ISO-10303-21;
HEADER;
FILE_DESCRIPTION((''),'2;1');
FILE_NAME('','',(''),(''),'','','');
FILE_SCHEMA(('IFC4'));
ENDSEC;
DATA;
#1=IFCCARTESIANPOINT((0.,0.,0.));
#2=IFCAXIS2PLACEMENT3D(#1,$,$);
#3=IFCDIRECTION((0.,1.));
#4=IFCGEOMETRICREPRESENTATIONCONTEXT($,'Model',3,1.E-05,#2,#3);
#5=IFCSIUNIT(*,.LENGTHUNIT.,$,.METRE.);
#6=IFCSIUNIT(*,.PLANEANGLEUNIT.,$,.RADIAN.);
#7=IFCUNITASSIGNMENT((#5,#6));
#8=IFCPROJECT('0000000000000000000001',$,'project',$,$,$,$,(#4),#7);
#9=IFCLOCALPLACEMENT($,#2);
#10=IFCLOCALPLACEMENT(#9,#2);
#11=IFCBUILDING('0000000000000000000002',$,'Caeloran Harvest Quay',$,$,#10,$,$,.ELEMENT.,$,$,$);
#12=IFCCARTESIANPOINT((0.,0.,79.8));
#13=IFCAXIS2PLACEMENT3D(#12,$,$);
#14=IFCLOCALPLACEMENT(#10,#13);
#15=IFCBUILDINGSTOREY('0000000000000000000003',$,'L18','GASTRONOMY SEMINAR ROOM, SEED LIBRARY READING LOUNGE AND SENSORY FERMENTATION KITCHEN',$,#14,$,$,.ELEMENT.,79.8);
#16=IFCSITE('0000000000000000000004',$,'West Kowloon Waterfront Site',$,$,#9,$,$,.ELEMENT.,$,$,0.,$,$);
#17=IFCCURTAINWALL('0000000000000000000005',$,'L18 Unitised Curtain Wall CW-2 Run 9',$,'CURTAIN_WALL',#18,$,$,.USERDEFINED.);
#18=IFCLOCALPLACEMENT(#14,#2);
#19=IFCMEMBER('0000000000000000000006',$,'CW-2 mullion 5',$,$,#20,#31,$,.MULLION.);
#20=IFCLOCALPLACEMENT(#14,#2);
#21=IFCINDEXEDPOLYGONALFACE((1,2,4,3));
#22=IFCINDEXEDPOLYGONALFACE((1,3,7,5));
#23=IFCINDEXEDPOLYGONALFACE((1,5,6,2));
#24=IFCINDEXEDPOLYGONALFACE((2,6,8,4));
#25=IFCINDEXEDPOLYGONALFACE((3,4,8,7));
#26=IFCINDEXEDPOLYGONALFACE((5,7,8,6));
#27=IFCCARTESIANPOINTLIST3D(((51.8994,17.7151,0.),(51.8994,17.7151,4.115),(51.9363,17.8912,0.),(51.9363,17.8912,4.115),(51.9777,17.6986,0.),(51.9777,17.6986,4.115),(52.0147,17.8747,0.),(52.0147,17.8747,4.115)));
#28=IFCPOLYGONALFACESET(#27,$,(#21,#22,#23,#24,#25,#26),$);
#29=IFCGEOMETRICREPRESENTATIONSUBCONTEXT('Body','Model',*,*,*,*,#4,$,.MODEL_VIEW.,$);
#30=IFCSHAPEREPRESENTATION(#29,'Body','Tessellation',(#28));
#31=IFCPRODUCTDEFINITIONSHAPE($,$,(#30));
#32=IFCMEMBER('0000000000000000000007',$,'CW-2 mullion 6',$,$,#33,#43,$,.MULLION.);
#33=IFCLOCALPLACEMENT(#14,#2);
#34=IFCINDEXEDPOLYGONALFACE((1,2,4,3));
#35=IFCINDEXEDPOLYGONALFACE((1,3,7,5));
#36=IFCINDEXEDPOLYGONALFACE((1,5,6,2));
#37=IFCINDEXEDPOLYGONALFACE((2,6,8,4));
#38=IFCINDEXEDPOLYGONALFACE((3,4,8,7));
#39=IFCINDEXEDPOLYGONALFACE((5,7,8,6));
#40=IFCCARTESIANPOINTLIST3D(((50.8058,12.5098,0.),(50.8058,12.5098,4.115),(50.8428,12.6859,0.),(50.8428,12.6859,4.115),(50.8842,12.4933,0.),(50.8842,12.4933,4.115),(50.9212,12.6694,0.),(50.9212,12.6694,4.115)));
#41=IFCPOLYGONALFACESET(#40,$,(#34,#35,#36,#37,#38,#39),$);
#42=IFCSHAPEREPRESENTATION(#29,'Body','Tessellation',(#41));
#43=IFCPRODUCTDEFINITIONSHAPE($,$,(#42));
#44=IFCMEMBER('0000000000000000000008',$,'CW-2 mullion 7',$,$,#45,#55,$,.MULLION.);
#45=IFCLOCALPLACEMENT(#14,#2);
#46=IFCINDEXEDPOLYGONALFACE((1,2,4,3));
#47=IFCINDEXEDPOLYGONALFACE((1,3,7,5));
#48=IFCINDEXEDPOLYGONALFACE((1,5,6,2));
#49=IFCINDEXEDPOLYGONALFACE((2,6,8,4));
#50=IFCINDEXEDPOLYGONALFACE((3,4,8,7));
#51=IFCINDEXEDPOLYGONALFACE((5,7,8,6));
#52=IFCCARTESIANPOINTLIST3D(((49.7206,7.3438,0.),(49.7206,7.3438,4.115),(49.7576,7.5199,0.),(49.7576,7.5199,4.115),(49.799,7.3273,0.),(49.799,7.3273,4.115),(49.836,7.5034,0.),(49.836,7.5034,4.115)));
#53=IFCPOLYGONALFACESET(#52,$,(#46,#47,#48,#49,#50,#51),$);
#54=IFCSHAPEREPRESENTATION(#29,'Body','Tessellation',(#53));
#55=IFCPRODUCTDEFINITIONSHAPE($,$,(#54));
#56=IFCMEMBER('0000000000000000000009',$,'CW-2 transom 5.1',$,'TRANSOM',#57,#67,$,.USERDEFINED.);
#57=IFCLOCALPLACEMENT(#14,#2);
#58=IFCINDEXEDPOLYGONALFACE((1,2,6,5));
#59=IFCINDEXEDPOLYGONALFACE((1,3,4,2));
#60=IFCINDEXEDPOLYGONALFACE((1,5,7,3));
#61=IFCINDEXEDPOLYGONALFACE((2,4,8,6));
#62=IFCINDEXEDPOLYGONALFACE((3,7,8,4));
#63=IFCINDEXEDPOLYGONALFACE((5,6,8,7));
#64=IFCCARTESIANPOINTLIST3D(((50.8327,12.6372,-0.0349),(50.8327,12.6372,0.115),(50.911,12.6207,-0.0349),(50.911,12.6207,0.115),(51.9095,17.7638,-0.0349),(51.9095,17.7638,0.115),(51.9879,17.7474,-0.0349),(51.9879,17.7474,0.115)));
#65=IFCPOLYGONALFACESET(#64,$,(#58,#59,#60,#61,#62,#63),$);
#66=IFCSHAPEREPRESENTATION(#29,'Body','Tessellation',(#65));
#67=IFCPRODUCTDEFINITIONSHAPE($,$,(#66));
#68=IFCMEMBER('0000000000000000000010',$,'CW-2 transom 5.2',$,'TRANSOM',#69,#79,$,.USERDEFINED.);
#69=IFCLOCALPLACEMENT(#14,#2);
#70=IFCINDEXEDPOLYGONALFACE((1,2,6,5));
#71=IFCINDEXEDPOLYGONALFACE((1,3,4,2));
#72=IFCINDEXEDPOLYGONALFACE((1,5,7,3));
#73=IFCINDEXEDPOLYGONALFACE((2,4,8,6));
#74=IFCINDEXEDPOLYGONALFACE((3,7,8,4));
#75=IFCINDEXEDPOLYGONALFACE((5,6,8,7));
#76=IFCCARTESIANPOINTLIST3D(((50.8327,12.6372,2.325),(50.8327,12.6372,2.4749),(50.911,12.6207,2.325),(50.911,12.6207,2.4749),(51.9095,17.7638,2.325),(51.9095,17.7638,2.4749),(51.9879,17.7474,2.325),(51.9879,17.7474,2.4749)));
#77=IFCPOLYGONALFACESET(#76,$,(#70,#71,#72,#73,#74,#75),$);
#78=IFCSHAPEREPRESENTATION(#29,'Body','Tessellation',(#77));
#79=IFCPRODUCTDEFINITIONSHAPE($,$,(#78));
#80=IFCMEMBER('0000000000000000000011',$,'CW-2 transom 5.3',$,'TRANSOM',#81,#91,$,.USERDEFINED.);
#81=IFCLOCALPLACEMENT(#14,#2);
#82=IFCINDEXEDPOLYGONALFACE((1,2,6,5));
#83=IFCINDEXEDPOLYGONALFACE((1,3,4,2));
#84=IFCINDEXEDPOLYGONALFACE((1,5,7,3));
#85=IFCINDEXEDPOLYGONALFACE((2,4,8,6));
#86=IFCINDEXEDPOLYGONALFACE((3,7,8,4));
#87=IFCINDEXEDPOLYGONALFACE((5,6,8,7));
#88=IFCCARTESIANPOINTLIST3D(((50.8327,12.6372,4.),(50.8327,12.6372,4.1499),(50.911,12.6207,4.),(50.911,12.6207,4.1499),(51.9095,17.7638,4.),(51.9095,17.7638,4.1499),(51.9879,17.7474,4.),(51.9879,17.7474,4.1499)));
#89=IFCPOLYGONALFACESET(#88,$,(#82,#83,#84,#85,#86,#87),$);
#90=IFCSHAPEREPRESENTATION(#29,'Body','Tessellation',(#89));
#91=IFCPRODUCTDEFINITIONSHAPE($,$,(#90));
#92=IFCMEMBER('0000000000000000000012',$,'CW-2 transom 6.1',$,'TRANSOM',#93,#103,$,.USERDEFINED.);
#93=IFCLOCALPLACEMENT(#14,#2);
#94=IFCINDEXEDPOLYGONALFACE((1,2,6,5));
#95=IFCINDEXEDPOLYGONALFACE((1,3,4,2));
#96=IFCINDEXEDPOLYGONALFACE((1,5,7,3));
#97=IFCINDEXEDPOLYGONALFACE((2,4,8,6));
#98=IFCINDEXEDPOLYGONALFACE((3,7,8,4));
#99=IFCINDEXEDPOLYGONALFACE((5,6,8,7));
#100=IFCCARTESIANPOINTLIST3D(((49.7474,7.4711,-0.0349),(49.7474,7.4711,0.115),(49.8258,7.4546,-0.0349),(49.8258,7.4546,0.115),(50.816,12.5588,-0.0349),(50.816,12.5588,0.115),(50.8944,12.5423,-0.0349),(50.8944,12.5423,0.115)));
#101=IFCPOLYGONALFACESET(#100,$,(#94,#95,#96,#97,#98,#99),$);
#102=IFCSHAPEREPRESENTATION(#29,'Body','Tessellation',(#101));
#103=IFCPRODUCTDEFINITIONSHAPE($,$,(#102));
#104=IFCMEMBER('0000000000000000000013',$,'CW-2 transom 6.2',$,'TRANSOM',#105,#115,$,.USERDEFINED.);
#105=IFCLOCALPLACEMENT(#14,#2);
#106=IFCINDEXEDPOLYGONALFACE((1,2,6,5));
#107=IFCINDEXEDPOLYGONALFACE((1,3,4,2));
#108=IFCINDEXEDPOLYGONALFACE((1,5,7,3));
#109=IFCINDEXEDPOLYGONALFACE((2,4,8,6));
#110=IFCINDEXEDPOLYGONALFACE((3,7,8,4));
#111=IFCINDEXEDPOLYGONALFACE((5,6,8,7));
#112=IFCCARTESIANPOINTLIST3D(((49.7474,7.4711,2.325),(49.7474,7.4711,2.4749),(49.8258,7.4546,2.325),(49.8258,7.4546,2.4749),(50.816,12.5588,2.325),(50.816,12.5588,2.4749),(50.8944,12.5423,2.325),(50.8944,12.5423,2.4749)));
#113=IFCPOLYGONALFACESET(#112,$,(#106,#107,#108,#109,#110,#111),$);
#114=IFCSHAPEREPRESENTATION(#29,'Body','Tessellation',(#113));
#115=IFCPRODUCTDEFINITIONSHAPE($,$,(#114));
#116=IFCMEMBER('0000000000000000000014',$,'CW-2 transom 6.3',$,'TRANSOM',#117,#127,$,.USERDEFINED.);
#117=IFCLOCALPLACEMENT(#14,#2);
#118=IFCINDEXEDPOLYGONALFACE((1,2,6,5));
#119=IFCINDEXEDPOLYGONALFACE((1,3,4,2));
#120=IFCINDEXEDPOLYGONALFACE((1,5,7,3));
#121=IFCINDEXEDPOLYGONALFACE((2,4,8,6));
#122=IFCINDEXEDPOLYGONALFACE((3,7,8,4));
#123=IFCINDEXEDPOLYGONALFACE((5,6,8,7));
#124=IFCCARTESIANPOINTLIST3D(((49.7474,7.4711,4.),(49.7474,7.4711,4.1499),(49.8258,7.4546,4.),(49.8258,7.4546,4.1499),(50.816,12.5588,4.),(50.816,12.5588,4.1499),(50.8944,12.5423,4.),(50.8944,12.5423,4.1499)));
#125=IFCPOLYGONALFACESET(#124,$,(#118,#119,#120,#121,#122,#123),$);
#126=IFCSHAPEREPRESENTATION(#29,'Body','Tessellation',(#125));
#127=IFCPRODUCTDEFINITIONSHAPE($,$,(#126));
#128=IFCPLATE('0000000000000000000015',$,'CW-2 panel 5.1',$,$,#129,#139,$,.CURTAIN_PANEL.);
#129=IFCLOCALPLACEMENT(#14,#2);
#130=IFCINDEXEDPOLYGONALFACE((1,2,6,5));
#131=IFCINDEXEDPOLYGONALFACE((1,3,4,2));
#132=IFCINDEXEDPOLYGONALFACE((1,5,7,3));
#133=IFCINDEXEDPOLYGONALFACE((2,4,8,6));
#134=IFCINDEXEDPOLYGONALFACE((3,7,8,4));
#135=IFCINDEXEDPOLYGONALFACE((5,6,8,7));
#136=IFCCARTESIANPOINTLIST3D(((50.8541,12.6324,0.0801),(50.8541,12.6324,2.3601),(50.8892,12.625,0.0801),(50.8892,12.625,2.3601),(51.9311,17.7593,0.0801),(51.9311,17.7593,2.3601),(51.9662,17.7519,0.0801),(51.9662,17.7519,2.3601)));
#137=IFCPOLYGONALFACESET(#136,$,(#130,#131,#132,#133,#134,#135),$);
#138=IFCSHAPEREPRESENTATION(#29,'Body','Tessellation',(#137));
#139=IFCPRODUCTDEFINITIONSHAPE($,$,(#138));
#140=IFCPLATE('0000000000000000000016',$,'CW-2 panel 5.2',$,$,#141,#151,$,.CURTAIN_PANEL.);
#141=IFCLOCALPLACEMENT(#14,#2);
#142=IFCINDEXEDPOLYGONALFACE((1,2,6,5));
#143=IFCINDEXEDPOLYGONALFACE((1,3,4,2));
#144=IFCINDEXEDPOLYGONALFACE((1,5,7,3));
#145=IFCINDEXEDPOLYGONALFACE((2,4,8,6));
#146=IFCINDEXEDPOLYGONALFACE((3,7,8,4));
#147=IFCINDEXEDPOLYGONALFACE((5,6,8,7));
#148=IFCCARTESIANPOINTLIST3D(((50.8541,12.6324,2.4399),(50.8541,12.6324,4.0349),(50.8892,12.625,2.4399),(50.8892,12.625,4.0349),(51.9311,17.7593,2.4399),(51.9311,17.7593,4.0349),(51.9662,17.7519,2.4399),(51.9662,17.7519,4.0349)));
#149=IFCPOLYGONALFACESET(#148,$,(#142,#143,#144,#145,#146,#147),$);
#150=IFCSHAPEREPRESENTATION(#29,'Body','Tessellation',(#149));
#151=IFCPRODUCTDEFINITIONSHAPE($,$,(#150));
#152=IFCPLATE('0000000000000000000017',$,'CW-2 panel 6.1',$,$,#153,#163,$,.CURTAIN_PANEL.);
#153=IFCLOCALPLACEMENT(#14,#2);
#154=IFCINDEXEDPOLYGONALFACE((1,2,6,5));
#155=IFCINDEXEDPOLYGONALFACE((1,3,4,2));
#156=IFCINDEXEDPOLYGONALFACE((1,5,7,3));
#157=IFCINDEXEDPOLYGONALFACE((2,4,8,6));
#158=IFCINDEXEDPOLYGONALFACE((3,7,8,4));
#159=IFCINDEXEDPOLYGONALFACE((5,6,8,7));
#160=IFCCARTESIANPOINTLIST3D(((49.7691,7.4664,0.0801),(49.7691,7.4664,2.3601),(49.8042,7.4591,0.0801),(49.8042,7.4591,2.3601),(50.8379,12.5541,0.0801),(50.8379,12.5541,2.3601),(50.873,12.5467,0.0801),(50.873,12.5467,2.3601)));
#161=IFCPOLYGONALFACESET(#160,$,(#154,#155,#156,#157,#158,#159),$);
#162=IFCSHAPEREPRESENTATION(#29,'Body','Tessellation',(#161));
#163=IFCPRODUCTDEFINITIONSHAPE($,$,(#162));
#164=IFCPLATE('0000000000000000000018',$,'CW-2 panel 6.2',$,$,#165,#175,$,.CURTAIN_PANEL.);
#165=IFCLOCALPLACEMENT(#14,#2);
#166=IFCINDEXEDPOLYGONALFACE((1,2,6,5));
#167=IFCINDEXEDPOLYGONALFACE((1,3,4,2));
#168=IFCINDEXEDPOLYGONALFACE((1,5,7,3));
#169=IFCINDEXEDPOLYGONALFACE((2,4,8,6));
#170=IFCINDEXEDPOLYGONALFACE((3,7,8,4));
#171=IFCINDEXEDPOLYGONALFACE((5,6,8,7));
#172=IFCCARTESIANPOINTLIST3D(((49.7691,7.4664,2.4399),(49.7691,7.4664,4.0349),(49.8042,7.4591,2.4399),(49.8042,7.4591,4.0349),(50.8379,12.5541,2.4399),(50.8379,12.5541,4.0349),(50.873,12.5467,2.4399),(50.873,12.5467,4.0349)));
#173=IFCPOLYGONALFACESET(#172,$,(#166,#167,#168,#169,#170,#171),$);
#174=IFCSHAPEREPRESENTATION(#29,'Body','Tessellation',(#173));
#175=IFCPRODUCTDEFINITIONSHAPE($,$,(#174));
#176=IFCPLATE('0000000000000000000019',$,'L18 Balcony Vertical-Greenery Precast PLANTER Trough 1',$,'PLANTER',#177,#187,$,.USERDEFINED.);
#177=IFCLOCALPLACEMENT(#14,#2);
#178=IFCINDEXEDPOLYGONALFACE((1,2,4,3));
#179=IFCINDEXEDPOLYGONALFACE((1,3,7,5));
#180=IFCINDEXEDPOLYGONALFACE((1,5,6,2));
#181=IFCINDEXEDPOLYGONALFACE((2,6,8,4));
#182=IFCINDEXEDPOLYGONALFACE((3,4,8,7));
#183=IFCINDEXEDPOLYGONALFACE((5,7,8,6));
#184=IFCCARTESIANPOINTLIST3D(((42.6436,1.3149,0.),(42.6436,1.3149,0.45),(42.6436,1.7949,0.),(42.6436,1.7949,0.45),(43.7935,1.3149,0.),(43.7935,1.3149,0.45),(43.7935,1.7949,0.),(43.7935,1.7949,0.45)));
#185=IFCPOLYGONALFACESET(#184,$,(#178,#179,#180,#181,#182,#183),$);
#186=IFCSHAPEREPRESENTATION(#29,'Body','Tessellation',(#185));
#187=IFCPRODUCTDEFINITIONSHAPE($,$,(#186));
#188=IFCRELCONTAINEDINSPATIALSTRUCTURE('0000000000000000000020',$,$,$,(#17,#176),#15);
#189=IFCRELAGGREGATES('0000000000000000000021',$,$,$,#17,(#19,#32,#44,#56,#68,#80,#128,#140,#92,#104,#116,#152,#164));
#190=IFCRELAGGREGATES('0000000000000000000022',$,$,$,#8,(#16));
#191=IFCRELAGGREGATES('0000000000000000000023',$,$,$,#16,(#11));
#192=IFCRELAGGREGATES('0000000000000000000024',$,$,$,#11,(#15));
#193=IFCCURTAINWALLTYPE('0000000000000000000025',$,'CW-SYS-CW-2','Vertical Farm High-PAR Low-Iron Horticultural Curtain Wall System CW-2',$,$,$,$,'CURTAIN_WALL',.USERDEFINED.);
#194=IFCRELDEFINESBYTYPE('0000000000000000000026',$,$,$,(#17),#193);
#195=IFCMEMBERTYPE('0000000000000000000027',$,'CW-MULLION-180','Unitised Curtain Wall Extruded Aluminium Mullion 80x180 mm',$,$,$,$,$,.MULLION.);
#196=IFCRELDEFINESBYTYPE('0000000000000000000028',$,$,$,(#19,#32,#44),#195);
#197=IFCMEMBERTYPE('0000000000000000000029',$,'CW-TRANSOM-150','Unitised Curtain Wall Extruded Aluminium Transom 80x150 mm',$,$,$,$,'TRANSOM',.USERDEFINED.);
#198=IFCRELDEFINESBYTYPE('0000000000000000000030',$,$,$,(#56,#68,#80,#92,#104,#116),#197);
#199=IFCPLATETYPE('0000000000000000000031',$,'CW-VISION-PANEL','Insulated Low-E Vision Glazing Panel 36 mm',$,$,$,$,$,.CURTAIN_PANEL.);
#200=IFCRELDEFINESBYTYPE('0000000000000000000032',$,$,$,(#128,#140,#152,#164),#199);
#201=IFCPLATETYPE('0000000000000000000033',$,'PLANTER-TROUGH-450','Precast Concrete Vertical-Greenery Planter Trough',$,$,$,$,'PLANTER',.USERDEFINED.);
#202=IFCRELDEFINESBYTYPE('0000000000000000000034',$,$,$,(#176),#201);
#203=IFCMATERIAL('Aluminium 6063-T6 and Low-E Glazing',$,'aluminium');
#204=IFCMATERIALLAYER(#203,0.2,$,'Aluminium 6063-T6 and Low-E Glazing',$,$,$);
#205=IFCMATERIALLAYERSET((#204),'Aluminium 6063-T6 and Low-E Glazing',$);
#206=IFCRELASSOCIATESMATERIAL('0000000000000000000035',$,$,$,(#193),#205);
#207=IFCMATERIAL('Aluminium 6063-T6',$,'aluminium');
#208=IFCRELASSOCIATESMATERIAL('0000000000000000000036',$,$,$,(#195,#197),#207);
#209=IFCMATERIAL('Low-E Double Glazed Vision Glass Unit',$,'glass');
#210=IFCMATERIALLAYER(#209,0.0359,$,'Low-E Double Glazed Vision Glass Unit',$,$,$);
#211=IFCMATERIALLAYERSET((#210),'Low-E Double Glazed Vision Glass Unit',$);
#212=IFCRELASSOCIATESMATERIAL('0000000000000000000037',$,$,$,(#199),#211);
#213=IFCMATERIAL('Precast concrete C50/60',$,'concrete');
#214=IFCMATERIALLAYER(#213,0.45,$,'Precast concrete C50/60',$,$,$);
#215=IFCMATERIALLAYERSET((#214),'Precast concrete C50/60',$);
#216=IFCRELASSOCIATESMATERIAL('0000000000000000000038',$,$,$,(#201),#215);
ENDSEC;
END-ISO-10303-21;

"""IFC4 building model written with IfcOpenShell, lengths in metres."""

from ifc_helpers import new_model, si_unit, direction, frame, origin, origin_2d, place, context, subcontext, project, spatial, rectangle, extrude, material, layer, layer_set, material_profile, profile_set, type_object, element, aggregate, save


model = new_model("IFC4")

# Units and contexts
model_context = context("Model", 3, precision=1e-05, world=origin(), true_north=direction((0.0, 1.0)))
body_context = subcontext(model_context, "Body", "Model", "MODEL_VIEW")
ifc_project = project(units=[si_unit("LENGTHUNIT", "METRE"), si_unit("PLANEANGLEUNIT", "RADIAN")], contexts=[model_context])

# Site, building, storey
site_placement = place(None, origin())
site = spatial("IfcSite", under=ifc_project, at=site_placement, Name="West Kowloon Waterfront Site", CompositionType="ELEMENT", RefElevation=0.0)
building_placement = place(site_placement, origin())
building = spatial("IfcBuilding", under=site, at=building_placement, Name="Caeloran Harvest Quay", CompositionType="ELEMENT")
storey_placement = place(building_placement, frame((0.0, 0.0, 79.8)))
storey = spatial("IfcBuildingStorey", under=building, at=storey_placement, Name="L18", Description="GASTRONOMY SEMINAR ROOM, SEED LIBRARY READING LOUNGE AND SENSORY FERMENTATION KITCHEN", CompositionType="ELEMENT", Elevation=79.8)

# Curtain wall, members, plates
ifc_material_1 = material(Name="Aluminium 6063-T6 and Low-E Glazing", Category="aluminium")
ifc_layer_1 = layer(ifc_material_1, 0.2, Name="Aluminium 6063-T6 and Low-E Glazing")
ifc_layer_set_1 = layer_set([ifc_layer_1], Name="Aluminium 6063-T6 and Low-E Glazing")
curtain_wall_type = type_object("IfcCurtainWallType", Name="CW-SYS-CW-2", Description="Vertical Farm High-PAR Low-Iron Horticultural Curtain Wall System CW-2", ElementType="CURTAIN_WALL", PredefinedType="USERDEFINED", material=ifc_layer_set_1)
curtain_wall_placement = place(storey_placement, origin())
curtain_wall = element("IfcCurtainWall", 1, at=curtain_wall_placement, inside=storey, type_object=curtain_wall_type, Name="L18 Unitised Curtain Wall CW-2 Run 9", ObjectType="CURTAIN_WALL", PredefinedType="USERDEFINED")
ifc_material_2 = material(Name="Aluminium 6063-T6", Category="aluminium")
ifc_material_profile_1 = material_profile(ifc_material_2, rectangle(XDim=0.0801, YDim=0.1799, at=origin_2d()), Name="CW-MULLION-180")
ifc_profile_set_1 = profile_set([ifc_material_profile_1], Name="Aluminium 6063-T6")
member_type_1 = type_object("IfcMemberType", Name="CW-MULLION-180", Description="Unitised Curtain Wall Extruded Aluminium Mullion 80x180 mm", PredefinedType="MULLION", material=ifc_profile_set_1)
member_1_placement = place(storey_placement, frame((51.957, 17.7949, 0.0), z_axis=(0.0, 0.0, 1.0), x_axis=(0.97864, -0.205583, 0.0)))
member_1 = element("IfcMember", 2, at=member_1_placement, type_object=member_type_1, Name="CW-2 mullion 5", PredefinedType="MULLION", context=body_context, shape_type="SweptSolid", body=[
    extrude(rectangle(XDim=0.0801, YDim=0.1799, at=origin_2d()), origin(), (0.0, 0.0, 1.0), 4.115),
])
member_2_placement = place(storey_placement, frame((50.8635, 12.5896, 0.0), z_axis=(0.0, 0.0, 1.0), x_axis=(0.97864, -0.205583, 0.0)))
member_2 = element("IfcMember", 3, at=member_2_placement, type_object=member_type_1, Name="CW-2 mullion 6", PredefinedType="MULLION", context=body_context, shape_type="SweptSolid", body=[
    extrude(rectangle(XDim=0.0801, YDim=0.1799, at=origin_2d()), origin(), (0.0, 0.0, 1.0), 4.115),
])
member_3_placement = place(storey_placement, frame((49.7783, 7.4236, 0.0), z_axis=(0.0, 0.0, 1.0), x_axis=(0.97864, -0.205583, 0.0)))
member_3 = element("IfcMember", 4, at=member_3_placement, type_object=member_type_1, Name="CW-2 mullion 7", PredefinedType="MULLION", context=body_context, shape_type="SweptSolid", body=[
    extrude(rectangle(XDim=0.0801, YDim=0.1799, at=origin_2d()), origin(), (0.0, 0.0, 1.0), 4.115),
])
ifc_material_profile_2 = material_profile(ifc_material_2, rectangle(XDim=0.0801, YDim=0.1499, at=origin_2d()), Name="CW-TRANSOM-150")
ifc_profile_set_2 = profile_set([ifc_material_profile_2], Name="Aluminium 6063-T6")
member_type_2 = type_object("IfcMemberType", Name="CW-TRANSOM-150", Description="Unitised Curtain Wall Extruded Aluminium Transom 80x150 mm", ElementType="TRANSOM", PredefinedType="USERDEFINED", material=ifc_profile_set_2)
member_4_placement = place(storey_placement, frame((51.9487, 17.7556, 0.04), z_axis=(-0.205571, -0.978642, 0.0), x_axis=(0.978642, -0.205571, 0.0)))
member_4 = element("IfcMember", 5, at=member_4_placement, type_object=member_type_2, Name="CW-2 transom 5.1", ObjectType="TRANSOM", PredefinedType="USERDEFINED", context=body_context, shape_type="SweptSolid", body=[
    extrude(rectangle(XDim=0.0801, YDim=0.1499, at=origin_2d()), origin(), (0.0, 0.0, 1.0), 5.2385),
])
member_5_placement = place(storey_placement, frame((51.9487, 17.7556, 2.3999), z_axis=(-0.205571, -0.978642, 0.0), x_axis=(0.978642, -0.205571, 0.0)))
member_5 = element("IfcMember", 6, at=member_5_placement, type_object=member_type_2, Name="CW-2 transom 5.2", ObjectType="TRANSOM", PredefinedType="USERDEFINED", context=body_context, shape_type="SweptSolid", body=[
    extrude(rectangle(XDim=0.0801, YDim=0.1499, at=origin_2d()), origin(), (0.0, 0.0, 1.0), 5.2385),
])
member_6_placement = place(storey_placement, frame((51.9487, 17.7556, 4.075), z_axis=(-0.205571, -0.978642, 0.0), x_axis=(0.978642, -0.205571, 0.0)))
member_6 = element("IfcMember", 7, at=member_6_placement, type_object=member_type_2, Name="CW-2 transom 5.3", ObjectType="TRANSOM", PredefinedType="USERDEFINED", context=body_context, shape_type="SweptSolid", body=[
    extrude(rectangle(XDim=0.0801, YDim=0.1499, at=origin_2d()), origin(), (0.0, 0.0, 1.0), 5.2385),
])
member_7_placement = place(storey_placement, frame((50.8552, 12.5505, 0.04), z_axis=(-0.205554, -0.978646, 0.0), x_axis=(0.978646, -0.205554, 0.0)))
member_7 = element("IfcMember", 8, at=member_7_placement, type_object=member_type_2, Name="CW-2 transom 6.1", ObjectType="TRANSOM", PredefinedType="USERDEFINED", context=body_context, shape_type="SweptSolid", body=[
    extrude(rectangle(XDim=0.0801, YDim=0.1499, at=origin_2d()), origin(), (0.0, 0.0, 1.0), 5.1987),
])
member_8_placement = place(storey_placement, frame((50.8552, 12.5505, 2.3999), z_axis=(-0.205554, -0.978646, 0.0), x_axis=(0.978646, -0.205554, 0.0)))
member_8 = element("IfcMember", 9, at=member_8_placement, type_object=member_type_2, Name="CW-2 transom 6.2", ObjectType="TRANSOM", PredefinedType="USERDEFINED", context=body_context, shape_type="SweptSolid", body=[
    extrude(rectangle(XDim=0.0801, YDim=0.1499, at=origin_2d()), origin(), (0.0, 0.0, 1.0), 5.1987),
])
member_9_placement = place(storey_placement, frame((50.8552, 12.5505, 4.075), z_axis=(-0.205554, -0.978646, 0.0), x_axis=(0.978646, -0.205554, 0.0)))
member_9 = element("IfcMember", 10, at=member_9_placement, type_object=member_type_2, Name="CW-2 transom 6.3", ObjectType="TRANSOM", PredefinedType="USERDEFINED", context=body_context, shape_type="SweptSolid", body=[
    extrude(rectangle(XDim=0.0801, YDim=0.1499, at=origin_2d()), origin(), (0.0, 0.0, 1.0), 5.1987),
])
ifc_material_3 = material(Name="Low-E Double Glazed Vision Glass Unit", Category="glass")
ifc_layer_2 = layer(ifc_material_3, 0.0359, Name="Low-E Double Glazed Vision Glass Unit")
ifc_layer_set_2 = layer_set([ifc_layer_2], Name="Low-E Double Glazed Vision Glass Unit")
plate_type_1 = type_object("IfcPlateType", Name="CW-VISION-PANEL", Description="Insulated Low-E Vision Glazing Panel 36 mm", PredefinedType="CURTAIN_PANEL", material=ifc_layer_set_2)
plate_1_placement = place(storey_placement, frame((51.4102, 15.1921, 0.0801), z_axis=(0.0, 0.0, 1.0), x_axis=(-0.205583, -0.97864, 0.0)))
plate_1 = element("IfcPlate", 11, at=plate_1_placement, type_object=plate_type_1, Name="CW-2 panel 5.1", PredefinedType="CURTAIN_PANEL", context=body_context, shape_type="SweptSolid", body=[
    extrude(rectangle(XDim=5.2388, YDim=0.0359, at=origin_2d()), origin(), (0.0, 0.0, 1.0), 2.28),
])
plate_2_placement = place(storey_placement, frame((51.4102, 15.1921, 2.4399), z_axis=(0.0, 0.0, 1.0), x_axis=(-0.205583, -0.97864, 0.0)))
plate_2 = element("IfcPlate", 12, at=plate_2_placement, type_object=plate_type_1, Name="CW-2 panel 5.2", PredefinedType="CURTAIN_PANEL", context=body_context, shape_type="SweptSolid", body=[
    extrude(rectangle(XDim=5.2388, YDim=0.0359, at=origin_2d()), origin(), (0.0, 0.0, 1.0), 1.595),
])
plate_3_placement = place(storey_placement, frame((50.321, 10.0066, 0.0801), z_axis=(0.0, 0.0, 1.0), x_axis=(-0.205583, -0.97864, 0.0)))
plate_3 = element("IfcPlate", 13, at=plate_3_placement, type_object=plate_type_1, Name="CW-2 panel 6.1", PredefinedType="CURTAIN_PANEL", context=body_context, shape_type="SweptSolid", body=[
    extrude(rectangle(XDim=5.1987, YDim=0.0359, at=origin_2d()), origin(), (0.0, 0.0, 1.0), 2.28),
])
plate_4_placement = place(storey_placement, frame((50.321, 10.0066, 2.4399), z_axis=(0.0, 0.0, 1.0), x_axis=(-0.205583, -0.97864, 0.0)))
plate_4 = element("IfcPlate", 14, at=plate_4_placement, type_object=plate_type_1, Name="CW-2 panel 6.2", PredefinedType="CURTAIN_PANEL", context=body_context, shape_type="SweptSolid", body=[
    extrude(rectangle(XDim=5.1987, YDim=0.0359, at=origin_2d()), origin(), (0.0, 0.0, 1.0), 1.595),
])
aggregate(curtain_wall, [member_1, member_2, member_3, member_4, member_5, member_6, plate_1, plate_2, member_7, member_8, member_9, plate_3, plate_4])

# Plate
ifc_material_4 = material(Name="Precast concrete C50/60", Category="concrete")
ifc_layer_3 = layer(ifc_material_4, 0.45, Name="Precast concrete C50/60")
ifc_layer_set_3 = layer_set([ifc_layer_3], Name="Precast concrete C50/60")
plate_type_2 = type_object("IfcPlateType", Name="PLANTER-TROUGH-450", Description="Precast Concrete Vertical-Greenery Planter Trough", ElementType="PLANTER", PredefinedType="USERDEFINED", material=ifc_layer_set_3)
plate_5_placement = place(storey_placement, frame((43.2185, 1.5549, 0.0), z_axis=(0.0, 0.0, 1.0), x_axis=(1.0, 0.0, 0.0)))
element("IfcPlate", 15, at=plate_5_placement, inside=storey, type_object=plate_type_2, Name="L18 Balcony Vertical-Greenery Precast PLANTER Trough 1", ObjectType="PLANTER", PredefinedType="USERDEFINED", context=body_context, shape_type="SweptSolid", body=[
    extrude(rectangle(XDim=1.1499, YDim=0.48, at=origin_2d()), origin(), (0.0, 0.0, 1.0), 0.45),
])

save(model, "model.ifc")
